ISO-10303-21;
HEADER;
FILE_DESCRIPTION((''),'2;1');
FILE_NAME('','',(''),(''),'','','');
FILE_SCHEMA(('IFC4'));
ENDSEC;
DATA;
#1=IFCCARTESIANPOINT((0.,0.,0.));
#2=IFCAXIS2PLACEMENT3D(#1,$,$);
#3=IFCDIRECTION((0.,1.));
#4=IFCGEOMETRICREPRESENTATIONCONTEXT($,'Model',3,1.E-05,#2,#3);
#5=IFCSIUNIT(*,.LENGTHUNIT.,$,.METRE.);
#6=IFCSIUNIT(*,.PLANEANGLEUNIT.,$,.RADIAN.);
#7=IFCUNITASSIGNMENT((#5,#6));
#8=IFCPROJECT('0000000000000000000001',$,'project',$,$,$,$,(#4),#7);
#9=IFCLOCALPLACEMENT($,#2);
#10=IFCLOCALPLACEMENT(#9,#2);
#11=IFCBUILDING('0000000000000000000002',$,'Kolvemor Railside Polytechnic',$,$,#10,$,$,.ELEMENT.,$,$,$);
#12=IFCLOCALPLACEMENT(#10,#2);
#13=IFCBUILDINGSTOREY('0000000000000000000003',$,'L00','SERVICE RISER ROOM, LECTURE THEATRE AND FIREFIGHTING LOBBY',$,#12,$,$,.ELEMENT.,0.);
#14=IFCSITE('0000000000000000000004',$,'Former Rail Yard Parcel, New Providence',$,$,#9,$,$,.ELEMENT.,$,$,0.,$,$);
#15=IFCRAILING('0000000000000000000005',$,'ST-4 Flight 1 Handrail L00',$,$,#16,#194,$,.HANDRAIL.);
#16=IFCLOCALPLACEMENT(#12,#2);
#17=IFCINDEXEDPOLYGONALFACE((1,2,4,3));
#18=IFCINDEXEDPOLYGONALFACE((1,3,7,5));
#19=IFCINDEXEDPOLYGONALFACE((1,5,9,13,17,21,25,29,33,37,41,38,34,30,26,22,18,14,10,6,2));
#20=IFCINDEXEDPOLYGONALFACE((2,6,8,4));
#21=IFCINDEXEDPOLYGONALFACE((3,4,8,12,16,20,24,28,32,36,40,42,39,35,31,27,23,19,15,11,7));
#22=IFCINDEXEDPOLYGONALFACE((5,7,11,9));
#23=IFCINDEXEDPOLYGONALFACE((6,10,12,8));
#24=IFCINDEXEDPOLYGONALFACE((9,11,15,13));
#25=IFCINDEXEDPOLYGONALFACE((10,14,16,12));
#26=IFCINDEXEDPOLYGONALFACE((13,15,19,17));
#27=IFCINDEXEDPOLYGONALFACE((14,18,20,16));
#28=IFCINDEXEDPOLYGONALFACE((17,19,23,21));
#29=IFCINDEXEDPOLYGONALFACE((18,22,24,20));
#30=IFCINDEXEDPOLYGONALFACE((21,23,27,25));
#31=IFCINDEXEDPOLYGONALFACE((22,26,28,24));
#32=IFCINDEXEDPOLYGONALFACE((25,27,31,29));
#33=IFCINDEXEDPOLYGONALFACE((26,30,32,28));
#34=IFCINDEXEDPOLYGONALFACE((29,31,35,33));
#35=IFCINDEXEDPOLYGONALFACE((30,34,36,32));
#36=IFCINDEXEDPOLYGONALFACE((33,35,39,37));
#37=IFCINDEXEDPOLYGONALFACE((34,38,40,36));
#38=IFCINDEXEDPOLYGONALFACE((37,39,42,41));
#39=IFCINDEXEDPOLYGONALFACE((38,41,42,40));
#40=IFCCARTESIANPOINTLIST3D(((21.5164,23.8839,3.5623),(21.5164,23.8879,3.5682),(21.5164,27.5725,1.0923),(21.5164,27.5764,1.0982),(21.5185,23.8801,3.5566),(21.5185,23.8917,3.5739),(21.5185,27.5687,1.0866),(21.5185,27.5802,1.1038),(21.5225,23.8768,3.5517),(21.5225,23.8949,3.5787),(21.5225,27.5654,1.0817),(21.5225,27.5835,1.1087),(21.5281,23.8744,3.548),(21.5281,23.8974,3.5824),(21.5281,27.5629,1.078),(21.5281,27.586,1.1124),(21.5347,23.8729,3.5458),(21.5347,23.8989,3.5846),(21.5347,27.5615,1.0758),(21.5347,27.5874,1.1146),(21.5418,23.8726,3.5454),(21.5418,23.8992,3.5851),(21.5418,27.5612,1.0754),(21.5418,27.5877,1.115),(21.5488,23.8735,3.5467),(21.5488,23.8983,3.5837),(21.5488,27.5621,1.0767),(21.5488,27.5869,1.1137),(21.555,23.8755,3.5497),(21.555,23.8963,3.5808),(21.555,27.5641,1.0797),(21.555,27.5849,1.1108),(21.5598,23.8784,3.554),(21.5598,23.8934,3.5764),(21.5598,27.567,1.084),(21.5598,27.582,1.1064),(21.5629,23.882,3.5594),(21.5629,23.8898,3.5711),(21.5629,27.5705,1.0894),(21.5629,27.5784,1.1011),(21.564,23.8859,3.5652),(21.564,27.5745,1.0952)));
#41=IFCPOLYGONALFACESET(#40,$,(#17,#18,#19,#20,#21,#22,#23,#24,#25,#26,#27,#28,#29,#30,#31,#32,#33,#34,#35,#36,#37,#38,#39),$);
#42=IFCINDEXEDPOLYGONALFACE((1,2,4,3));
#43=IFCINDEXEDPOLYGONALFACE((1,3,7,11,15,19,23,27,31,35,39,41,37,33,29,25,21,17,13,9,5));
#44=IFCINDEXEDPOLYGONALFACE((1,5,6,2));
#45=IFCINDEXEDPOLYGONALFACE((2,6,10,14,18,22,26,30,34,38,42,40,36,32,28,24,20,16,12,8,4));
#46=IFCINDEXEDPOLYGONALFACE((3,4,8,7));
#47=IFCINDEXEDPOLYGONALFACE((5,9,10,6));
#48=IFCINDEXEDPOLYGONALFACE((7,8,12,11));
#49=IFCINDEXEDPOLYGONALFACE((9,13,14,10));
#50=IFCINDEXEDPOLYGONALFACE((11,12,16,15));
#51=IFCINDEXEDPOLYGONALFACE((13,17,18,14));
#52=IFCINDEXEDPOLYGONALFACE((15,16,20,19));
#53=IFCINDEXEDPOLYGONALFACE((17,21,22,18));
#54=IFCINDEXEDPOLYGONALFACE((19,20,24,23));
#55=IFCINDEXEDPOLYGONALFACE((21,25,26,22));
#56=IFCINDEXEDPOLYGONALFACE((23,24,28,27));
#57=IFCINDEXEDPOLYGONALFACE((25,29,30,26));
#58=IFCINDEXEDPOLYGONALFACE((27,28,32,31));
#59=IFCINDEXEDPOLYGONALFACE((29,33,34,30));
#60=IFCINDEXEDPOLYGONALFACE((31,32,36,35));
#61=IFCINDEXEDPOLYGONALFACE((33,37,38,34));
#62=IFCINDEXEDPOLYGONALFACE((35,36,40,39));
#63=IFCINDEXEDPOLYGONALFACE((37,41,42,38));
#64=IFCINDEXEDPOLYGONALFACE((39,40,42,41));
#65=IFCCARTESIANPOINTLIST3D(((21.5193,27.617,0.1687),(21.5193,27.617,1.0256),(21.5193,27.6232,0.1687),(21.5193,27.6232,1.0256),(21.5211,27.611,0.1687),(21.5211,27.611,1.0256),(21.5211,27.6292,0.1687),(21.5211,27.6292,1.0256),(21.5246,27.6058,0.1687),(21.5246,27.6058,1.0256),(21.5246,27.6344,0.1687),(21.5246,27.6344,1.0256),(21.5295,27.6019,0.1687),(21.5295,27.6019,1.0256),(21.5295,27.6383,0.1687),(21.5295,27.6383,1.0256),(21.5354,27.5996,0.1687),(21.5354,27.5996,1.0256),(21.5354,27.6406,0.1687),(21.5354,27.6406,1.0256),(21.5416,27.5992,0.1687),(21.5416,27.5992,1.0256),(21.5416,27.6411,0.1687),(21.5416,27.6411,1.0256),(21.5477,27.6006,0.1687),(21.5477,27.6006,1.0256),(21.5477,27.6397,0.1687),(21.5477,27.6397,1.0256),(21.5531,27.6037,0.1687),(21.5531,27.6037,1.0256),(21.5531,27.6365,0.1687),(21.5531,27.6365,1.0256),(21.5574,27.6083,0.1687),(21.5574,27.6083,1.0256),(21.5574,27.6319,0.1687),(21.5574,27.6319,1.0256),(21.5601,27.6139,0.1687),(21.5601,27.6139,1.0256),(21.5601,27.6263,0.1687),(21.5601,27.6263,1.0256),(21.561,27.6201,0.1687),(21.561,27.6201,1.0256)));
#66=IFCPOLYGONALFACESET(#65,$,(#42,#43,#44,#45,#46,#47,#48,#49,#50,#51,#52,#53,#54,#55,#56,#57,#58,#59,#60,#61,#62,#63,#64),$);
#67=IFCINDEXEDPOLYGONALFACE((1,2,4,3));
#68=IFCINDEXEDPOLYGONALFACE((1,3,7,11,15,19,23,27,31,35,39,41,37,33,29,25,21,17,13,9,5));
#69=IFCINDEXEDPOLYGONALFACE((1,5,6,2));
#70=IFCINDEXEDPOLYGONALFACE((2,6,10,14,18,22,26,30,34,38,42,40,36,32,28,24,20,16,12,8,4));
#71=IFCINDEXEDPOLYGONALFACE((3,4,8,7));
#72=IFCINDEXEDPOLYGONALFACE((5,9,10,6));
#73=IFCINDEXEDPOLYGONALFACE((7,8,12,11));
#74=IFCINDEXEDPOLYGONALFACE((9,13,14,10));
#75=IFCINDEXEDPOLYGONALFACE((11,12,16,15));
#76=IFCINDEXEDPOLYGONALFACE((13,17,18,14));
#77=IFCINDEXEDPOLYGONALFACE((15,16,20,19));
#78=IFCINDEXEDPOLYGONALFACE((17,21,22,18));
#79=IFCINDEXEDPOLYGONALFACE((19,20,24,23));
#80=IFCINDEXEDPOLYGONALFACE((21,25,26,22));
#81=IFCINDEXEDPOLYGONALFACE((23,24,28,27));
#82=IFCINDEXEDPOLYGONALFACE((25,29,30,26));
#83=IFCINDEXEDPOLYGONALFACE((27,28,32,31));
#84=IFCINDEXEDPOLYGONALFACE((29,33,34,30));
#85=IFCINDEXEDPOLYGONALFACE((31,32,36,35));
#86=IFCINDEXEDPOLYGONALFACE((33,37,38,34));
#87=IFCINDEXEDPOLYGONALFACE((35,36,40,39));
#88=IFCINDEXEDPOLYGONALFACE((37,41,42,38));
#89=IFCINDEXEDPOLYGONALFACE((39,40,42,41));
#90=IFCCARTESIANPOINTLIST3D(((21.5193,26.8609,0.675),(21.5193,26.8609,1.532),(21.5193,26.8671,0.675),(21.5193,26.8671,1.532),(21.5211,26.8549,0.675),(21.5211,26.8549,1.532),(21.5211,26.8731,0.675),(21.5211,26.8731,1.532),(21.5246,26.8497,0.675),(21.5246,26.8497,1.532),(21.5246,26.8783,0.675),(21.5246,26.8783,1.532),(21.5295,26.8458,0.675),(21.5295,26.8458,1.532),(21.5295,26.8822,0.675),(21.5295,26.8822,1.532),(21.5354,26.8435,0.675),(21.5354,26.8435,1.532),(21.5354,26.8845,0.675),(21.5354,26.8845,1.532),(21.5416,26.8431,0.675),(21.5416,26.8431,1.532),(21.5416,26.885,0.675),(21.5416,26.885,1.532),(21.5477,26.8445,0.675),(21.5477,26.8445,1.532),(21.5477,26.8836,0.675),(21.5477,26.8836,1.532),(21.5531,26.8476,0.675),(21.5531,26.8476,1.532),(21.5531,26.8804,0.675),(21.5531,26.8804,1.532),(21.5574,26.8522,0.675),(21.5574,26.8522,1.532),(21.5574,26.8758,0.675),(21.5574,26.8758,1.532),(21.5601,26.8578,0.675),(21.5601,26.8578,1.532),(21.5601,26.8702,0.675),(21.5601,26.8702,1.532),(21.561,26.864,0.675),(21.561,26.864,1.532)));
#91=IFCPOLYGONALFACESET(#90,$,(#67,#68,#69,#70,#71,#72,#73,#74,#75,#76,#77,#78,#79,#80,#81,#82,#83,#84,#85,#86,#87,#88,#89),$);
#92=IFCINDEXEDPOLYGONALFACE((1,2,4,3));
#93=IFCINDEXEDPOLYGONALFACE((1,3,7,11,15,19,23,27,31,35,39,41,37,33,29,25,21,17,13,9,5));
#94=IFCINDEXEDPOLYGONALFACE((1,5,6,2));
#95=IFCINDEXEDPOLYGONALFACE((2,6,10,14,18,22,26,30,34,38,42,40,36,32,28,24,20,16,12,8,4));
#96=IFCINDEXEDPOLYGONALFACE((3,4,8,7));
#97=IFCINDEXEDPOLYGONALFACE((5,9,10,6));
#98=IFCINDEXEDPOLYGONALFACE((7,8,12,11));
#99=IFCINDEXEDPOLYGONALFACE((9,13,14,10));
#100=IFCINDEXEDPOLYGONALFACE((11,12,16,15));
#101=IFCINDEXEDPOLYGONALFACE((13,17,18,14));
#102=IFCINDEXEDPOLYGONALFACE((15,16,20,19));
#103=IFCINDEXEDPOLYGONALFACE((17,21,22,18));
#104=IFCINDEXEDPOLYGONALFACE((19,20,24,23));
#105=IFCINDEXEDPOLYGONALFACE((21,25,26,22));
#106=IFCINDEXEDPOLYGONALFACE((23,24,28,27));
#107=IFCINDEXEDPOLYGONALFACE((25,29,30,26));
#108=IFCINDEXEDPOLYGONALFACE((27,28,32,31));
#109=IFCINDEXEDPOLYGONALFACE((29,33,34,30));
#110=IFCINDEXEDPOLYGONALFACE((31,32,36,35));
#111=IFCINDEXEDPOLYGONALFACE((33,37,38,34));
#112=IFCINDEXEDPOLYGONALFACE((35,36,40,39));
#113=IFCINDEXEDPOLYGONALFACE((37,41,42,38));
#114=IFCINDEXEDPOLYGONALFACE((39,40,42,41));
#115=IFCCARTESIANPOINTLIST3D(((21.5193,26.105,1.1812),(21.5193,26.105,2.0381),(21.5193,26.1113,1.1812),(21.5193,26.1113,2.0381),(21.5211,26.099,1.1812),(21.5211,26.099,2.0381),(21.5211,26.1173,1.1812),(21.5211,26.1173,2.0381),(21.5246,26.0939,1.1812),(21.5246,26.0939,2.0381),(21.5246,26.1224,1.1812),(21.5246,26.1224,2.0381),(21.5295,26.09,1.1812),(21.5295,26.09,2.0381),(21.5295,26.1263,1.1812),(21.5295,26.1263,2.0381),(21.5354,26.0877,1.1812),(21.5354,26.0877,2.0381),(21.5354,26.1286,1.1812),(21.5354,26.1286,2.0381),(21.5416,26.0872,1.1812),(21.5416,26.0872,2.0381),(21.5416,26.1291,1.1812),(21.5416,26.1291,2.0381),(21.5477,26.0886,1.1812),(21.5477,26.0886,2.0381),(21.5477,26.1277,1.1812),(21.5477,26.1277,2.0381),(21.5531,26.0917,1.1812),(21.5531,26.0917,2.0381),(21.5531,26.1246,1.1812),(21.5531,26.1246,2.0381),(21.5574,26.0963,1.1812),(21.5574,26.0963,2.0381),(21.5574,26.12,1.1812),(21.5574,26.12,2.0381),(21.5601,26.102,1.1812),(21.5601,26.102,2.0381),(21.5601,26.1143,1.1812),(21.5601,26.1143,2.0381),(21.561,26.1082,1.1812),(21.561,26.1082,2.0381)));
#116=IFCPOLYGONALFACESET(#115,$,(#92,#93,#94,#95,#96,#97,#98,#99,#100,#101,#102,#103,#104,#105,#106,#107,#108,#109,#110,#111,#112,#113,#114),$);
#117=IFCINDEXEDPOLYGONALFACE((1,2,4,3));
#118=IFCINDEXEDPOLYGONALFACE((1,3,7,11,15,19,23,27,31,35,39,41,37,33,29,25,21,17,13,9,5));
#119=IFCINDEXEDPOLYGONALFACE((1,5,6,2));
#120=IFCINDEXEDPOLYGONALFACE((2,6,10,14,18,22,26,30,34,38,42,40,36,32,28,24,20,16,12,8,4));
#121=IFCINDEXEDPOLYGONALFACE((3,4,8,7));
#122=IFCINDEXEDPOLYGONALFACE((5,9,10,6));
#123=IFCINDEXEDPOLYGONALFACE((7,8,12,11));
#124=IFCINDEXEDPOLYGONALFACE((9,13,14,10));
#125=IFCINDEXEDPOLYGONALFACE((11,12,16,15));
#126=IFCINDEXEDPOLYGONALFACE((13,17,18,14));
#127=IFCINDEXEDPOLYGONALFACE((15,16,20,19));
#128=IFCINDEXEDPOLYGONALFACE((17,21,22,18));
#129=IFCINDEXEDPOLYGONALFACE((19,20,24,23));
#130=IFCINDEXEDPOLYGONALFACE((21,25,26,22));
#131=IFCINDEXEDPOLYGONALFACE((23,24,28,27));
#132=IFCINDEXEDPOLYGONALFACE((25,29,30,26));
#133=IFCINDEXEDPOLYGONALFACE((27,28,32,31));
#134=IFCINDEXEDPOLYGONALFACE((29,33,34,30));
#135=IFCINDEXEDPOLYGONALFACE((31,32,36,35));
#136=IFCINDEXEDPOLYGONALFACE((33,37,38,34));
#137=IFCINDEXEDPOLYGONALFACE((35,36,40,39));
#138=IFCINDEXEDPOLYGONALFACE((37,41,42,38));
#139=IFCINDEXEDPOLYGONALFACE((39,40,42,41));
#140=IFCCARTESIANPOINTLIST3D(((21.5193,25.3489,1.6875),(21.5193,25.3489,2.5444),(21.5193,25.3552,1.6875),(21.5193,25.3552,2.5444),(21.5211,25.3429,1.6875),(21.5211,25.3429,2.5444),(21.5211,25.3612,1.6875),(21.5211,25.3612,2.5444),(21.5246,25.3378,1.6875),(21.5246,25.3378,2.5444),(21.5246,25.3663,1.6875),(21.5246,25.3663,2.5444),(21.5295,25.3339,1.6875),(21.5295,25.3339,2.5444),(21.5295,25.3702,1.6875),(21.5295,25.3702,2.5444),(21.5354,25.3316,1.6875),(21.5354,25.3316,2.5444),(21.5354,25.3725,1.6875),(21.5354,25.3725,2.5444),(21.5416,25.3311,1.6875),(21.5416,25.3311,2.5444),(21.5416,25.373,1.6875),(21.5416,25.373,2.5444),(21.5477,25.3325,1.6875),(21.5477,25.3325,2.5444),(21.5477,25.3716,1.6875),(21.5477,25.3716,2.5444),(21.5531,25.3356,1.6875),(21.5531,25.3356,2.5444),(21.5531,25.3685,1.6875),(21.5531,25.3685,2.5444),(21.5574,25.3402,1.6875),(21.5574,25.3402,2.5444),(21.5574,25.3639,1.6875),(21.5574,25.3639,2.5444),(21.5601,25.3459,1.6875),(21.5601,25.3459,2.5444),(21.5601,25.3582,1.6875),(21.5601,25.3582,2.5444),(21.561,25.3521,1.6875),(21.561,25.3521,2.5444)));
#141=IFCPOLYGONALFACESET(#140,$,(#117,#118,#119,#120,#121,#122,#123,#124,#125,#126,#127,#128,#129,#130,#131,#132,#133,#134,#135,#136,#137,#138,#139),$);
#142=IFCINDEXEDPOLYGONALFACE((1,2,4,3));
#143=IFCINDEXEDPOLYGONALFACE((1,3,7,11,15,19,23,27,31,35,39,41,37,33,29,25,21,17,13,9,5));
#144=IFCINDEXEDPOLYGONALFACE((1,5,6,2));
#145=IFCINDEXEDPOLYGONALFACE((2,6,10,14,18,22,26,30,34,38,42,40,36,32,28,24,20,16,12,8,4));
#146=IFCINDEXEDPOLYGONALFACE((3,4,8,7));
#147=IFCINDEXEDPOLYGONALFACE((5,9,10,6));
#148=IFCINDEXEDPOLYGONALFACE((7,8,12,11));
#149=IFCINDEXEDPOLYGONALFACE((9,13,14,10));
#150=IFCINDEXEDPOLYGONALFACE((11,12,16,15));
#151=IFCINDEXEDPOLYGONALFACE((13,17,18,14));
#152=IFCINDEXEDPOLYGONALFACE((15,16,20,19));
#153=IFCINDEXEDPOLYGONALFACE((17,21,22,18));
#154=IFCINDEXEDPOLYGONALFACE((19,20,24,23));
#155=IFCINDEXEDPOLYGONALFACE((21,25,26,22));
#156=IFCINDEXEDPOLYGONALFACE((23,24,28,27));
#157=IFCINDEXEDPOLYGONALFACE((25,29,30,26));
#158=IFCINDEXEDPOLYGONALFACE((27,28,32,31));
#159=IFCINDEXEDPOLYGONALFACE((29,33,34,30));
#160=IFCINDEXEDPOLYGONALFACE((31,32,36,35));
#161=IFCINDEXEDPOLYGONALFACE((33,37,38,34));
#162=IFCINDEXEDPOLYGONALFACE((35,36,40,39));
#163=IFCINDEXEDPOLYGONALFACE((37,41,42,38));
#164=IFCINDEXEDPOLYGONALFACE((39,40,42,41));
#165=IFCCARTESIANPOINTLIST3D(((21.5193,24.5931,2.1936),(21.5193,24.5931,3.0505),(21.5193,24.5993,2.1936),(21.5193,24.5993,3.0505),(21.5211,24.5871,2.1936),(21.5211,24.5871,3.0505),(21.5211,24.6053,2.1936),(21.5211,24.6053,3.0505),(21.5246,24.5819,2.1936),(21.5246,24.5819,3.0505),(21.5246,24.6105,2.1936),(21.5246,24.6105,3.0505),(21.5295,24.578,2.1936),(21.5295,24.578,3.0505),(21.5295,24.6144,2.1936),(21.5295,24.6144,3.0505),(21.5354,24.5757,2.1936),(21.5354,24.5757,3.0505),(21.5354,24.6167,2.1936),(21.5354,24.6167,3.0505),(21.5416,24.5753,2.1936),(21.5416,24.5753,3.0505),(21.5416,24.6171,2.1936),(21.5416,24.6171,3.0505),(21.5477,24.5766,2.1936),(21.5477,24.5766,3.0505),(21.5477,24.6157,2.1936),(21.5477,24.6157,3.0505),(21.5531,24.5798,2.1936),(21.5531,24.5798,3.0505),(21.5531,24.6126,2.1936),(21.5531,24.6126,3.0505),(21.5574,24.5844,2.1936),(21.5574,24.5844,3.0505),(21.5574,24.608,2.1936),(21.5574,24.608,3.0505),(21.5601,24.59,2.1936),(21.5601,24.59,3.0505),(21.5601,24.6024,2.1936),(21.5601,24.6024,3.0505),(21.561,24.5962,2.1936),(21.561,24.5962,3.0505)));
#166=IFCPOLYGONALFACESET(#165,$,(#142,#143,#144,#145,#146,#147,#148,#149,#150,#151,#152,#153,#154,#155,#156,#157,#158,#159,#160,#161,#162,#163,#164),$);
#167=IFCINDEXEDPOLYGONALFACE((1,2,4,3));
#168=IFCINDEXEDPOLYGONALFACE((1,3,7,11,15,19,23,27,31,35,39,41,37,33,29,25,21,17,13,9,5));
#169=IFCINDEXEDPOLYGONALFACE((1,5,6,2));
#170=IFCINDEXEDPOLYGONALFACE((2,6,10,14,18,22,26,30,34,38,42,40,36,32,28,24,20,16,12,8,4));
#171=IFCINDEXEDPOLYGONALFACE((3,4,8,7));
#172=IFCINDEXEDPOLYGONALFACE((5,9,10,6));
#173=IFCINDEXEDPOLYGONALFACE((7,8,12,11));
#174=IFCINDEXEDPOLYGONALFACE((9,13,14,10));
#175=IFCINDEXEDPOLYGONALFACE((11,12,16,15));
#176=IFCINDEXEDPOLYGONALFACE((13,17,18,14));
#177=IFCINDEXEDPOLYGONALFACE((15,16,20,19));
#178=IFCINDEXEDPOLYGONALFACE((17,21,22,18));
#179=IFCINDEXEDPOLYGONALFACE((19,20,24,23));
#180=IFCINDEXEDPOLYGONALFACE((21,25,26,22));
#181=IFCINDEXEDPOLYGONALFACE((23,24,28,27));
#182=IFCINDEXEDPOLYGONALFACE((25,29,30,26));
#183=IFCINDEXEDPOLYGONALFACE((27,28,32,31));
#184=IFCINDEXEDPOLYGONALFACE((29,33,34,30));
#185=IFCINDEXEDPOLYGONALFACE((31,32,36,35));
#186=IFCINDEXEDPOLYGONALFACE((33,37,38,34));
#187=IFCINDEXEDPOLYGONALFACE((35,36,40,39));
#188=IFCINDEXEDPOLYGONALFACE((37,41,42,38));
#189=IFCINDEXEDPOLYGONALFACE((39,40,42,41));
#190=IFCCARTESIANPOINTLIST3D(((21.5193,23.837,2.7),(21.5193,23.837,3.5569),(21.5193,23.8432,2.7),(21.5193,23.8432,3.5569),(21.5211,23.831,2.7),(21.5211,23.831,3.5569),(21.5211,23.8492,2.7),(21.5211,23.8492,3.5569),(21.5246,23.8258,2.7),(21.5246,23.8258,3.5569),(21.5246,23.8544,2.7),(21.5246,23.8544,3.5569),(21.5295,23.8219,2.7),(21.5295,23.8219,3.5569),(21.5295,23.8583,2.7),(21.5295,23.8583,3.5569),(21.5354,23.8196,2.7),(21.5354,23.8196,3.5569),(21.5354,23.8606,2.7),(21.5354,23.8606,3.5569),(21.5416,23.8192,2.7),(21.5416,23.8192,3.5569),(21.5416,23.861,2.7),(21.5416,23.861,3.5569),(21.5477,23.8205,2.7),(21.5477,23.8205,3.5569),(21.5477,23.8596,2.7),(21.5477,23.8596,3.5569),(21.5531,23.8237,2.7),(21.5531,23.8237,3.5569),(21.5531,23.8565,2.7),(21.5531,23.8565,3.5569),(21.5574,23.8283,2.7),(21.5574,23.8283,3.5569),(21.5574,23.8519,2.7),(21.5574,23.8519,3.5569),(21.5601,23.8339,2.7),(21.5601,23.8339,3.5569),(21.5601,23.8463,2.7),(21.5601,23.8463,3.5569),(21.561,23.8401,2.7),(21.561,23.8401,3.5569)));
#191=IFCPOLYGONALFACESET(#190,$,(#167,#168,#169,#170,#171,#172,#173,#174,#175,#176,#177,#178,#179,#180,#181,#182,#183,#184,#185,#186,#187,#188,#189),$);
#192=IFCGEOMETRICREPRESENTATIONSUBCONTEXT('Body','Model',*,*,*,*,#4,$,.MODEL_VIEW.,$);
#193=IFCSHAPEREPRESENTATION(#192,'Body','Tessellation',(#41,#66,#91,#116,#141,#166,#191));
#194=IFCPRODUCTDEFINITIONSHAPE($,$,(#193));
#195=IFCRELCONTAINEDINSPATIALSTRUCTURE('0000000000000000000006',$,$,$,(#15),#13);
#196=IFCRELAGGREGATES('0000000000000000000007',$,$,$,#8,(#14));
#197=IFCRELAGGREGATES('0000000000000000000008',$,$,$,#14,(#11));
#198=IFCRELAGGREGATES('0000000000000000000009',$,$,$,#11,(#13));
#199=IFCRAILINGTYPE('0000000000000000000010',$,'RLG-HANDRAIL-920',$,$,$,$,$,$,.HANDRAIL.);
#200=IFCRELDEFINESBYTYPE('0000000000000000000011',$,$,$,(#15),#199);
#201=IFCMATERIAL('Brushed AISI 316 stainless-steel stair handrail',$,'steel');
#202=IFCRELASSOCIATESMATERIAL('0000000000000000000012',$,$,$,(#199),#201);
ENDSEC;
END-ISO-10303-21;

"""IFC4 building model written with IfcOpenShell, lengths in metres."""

from ifc_helpers import new_model, si_unit, direction, frame, origin, origin_2d, place, context, subcontext, project, spatial, circle, extrude, material, type_object, element, save


model = new_model("IFC4")

# Units and contexts
model_context = context("Model", 3, precision=1e-05, world=origin(), true_north=direction((0.0, 1.0)))
body_context = subcontext(model_context, "Body", "Model", "MODEL_VIEW")
ifc_project = project(units=[si_unit("LENGTHUNIT", "METRE"), si_unit("PLANEANGLEUNIT", "RADIAN")], contexts=[model_context])

# Site, building, storey
site_placement = place(None, origin())
site = spatial("IfcSite", under=ifc_project, at=site_placement, Name="Former Rail Yard Parcel, New Providence", CompositionType="ELEMENT", RefElevation=0.0)
building_placement = place(site_placement, origin())
building = spatial("IfcBuilding", under=site, at=building_placement, Name="Kolvemor Railside Polytechnic", CompositionType="ELEMENT")
storey_placement = place(building_placement, origin())
storey = spatial("IfcBuildingStorey", under=building, at=storey_placement, Name="L00", Description="SERVICE RISER ROOM, LECTURE THEATRE AND FIREFIGHTING LOBBY", CompositionType="ELEMENT", Elevation=0.0)

# Railing
ifc_material_1 = material(Name="Brushed AISI 316 stainless-steel stair handrail", Category="steel")
railing_type = type_object("IfcRailingType", Name="RLG-HANDRAIL-920", PredefinedType="HANDRAIL", material=ifc_material_1)
railing_1_placement = place(storey_placement, frame((21.54, 27.6201, 0.1687)))
element("IfcRailing", 1, at=railing_1_placement, inside=storey, type_object=railing_type, Name="ST-4 Flight 1 Handrail L00", PredefinedType="HANDRAIL", context=body_context, shape_type="SweptSolid", body=[
    extrude(circle(Radius=0.0239, at=origin_2d()), frame((0.0, -0.0457, 0.9265), z_axis=(0.0, -0.830909, 0.556408), x_axis=(1.0, 0.0, 0.0)), (0.0, 0.0, 1.0), 4.4392),
    extrude(circle(Radius=0.021, at=origin_2d()), origin(), (0.0, 0.0, 1.0), 0.8569),
    extrude(circle(Radius=0.021, at=origin_2d()), frame((0.0, -0.7561, 0.5063)), (0.0, 0.0, 1.0), 0.8569),
    extrude(circle(Radius=0.021, at=origin_2d()), frame((0.0, -1.512, 1.0125)), (0.0, 0.0, 1.0), 0.8569),
    extrude(circle(Radius=0.021, at=origin_2d()), frame((0.0, -2.2681, 1.5188)), (0.0, 0.0, 1.0), 0.8569),
    extrude(circle(Radius=0.021, at=origin_2d()), frame((0.0, -3.0239, 2.0249)), (0.0, 0.0, 1.0), 0.8569),
    extrude(circle(Radius=0.021, at=origin_2d()), frame((0.0, -3.78, 2.5312)), (0.0, 0.0, 1.0), 0.8569),
])

save(model, "model.ifc")
